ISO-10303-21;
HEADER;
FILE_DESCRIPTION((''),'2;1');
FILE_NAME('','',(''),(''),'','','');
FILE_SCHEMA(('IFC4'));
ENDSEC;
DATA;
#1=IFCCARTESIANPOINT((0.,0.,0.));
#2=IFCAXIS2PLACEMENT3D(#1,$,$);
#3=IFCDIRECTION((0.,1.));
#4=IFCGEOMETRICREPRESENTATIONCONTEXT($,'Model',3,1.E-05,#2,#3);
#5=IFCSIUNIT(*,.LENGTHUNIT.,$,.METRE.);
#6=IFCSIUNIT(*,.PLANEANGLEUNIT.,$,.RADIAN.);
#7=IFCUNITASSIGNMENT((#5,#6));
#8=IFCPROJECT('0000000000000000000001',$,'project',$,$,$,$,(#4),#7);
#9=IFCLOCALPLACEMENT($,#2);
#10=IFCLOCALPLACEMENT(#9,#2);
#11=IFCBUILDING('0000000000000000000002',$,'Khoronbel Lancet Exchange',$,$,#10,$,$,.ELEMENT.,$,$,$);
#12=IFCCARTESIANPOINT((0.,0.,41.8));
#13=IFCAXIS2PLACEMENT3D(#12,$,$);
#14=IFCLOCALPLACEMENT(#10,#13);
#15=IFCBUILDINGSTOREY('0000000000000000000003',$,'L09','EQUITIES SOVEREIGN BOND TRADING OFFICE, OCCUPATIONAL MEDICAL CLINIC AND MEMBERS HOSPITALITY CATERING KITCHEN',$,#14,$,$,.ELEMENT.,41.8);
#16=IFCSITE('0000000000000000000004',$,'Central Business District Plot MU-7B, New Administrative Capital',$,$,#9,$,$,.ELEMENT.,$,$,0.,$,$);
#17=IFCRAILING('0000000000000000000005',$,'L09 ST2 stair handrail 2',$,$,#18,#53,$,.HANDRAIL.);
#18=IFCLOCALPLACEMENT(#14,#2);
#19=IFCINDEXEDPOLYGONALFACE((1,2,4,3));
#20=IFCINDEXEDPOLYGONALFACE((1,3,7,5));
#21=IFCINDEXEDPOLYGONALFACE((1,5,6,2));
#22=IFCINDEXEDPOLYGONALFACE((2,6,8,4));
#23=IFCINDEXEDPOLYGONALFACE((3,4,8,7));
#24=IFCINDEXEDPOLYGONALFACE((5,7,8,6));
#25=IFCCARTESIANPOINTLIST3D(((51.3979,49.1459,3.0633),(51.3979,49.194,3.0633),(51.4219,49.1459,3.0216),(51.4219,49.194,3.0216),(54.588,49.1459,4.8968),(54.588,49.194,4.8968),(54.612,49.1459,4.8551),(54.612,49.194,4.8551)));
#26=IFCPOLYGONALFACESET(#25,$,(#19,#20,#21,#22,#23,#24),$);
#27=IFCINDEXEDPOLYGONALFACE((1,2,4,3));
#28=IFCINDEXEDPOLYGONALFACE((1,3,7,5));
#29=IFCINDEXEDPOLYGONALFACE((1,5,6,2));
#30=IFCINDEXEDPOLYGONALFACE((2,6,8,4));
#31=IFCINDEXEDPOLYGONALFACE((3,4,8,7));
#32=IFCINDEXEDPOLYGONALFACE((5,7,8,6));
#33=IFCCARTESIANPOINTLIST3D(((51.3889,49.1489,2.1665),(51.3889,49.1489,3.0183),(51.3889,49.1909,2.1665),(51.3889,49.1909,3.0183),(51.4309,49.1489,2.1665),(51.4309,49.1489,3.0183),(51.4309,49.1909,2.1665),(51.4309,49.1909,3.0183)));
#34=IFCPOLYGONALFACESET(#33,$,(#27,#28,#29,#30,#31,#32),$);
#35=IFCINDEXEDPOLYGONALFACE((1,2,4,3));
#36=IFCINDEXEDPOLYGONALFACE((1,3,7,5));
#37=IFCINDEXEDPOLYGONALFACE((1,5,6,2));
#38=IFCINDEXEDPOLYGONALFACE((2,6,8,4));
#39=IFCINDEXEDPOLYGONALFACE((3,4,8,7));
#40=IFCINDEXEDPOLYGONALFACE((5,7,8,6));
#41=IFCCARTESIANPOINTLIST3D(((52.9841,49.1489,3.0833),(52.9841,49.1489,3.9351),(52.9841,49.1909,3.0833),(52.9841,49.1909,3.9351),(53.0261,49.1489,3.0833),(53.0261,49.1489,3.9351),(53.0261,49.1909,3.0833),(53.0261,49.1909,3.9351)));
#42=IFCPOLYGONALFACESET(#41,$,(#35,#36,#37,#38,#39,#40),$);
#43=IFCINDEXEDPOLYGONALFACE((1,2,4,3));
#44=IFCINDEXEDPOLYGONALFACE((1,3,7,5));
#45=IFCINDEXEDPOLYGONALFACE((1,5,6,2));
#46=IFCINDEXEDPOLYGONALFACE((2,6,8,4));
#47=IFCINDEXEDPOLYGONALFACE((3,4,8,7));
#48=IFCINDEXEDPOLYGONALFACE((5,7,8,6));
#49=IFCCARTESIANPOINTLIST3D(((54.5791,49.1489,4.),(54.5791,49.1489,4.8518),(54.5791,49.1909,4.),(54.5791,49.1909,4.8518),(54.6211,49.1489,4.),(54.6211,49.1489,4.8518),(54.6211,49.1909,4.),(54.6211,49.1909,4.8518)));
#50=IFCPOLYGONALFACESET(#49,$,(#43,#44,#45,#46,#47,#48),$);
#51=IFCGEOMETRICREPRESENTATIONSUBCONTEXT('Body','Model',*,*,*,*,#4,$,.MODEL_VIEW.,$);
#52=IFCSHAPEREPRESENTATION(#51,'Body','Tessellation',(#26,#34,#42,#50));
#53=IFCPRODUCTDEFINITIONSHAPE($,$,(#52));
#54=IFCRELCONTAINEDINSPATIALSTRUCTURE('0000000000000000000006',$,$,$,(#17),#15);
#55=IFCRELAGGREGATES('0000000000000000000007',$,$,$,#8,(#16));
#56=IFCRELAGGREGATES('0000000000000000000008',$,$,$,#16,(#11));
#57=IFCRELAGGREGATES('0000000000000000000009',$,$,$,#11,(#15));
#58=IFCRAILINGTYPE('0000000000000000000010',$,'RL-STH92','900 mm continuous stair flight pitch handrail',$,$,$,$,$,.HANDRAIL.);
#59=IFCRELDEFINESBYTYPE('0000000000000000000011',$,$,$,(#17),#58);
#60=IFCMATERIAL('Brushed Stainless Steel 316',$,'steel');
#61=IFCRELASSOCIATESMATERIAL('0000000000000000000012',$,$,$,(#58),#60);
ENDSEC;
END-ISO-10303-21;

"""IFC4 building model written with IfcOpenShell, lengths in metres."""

from ifc_helpers import new_model, si_unit, direction, frame, origin, origin_2d, place, context, subcontext, project, spatial, rectangle, extrude, material, type_object, element, save


model = new_model("IFC4")

# Units and contexts
model_context = context("Model", 3, precision=1e-05, world=origin(), true_north=direction((0.0, 1.0)))
body_context = subcontext(model_context, "Body", "Model", "MODEL_VIEW")
ifc_project = project(units=[si_unit("LENGTHUNIT", "METRE"), si_unit("PLANEANGLEUNIT", "RADIAN")], contexts=[model_context])

# Site, building, storey
site_placement = place(None, origin())
site = spatial("IfcSite", under=ifc_project, at=site_placement, Name="Central Business District Plot MU-7B, New Administrative Capital", CompositionType="ELEMENT", RefElevation=0.0)
building_placement = place(site_placement, origin())
building = spatial("IfcBuilding", under=site, at=building_placement, Name="Khoronbel Lancet Exchange", CompositionType="ELEMENT")
storey_placement = place(building_placement, frame((0.0, 0.0, 41.8)))
storey = spatial("IfcBuildingStorey", under=building, at=storey_placement, Name="L09", Description="EQUITIES SOVEREIGN BOND TRADING OFFICE, OCCUPATIONAL MEDICAL CLINIC AND MEMBERS HOSPITALITY CATERING KITCHEN", CompositionType="ELEMENT", Elevation=41.8)

# Railing
ifc_material_1 = material(Name="Brushed Stainless Steel 316", Category="steel")
railing_type_1 = type_object("IfcRailingType", Name="RL-STH92", Description="900 mm continuous stair flight pitch handrail", PredefinedType="HANDRAIL", material=ifc_material_1)
railing_1_placement = place(storey_placement, frame((51.4099, 49.1699, 2.1665)))
element("IfcRailing", 1, at=railing_1_placement, inside=storey, type_object=railing_type_1, Name="L09 ST2 stair handrail 2", PredefinedType="HANDRAIL", context=body_context, shape_type="SweptSolid", body=[
    extrude(rectangle(XDim=0.0481, YDim=0.0481, at=origin_2d()), frame((0.0, 0.0, 0.876), z_axis=(0.867007, 0.0, 0.498295), x_axis=(0.0, 1.0, 0.0)), (0.0, 0.0, 1.0), 3.6794),
    extrude(rectangle(XDim=0.042, YDim=0.042, at=origin_2d()), origin(), (0.0, 0.0, 1.0), 0.8518),
    extrude(rectangle(XDim=0.042, YDim=0.042, at=origin_2d()), frame((1.5952, 0.0, 0.9167)), (0.0, 0.0, 1.0), 0.8518),
    extrude(rectangle(XDim=0.042, YDim=0.042, at=origin_2d()), frame((3.1902, 0.0, 1.8335)), (0.0, 0.0, 1.0), 0.8518),
])

save(model, "model.ifc")
